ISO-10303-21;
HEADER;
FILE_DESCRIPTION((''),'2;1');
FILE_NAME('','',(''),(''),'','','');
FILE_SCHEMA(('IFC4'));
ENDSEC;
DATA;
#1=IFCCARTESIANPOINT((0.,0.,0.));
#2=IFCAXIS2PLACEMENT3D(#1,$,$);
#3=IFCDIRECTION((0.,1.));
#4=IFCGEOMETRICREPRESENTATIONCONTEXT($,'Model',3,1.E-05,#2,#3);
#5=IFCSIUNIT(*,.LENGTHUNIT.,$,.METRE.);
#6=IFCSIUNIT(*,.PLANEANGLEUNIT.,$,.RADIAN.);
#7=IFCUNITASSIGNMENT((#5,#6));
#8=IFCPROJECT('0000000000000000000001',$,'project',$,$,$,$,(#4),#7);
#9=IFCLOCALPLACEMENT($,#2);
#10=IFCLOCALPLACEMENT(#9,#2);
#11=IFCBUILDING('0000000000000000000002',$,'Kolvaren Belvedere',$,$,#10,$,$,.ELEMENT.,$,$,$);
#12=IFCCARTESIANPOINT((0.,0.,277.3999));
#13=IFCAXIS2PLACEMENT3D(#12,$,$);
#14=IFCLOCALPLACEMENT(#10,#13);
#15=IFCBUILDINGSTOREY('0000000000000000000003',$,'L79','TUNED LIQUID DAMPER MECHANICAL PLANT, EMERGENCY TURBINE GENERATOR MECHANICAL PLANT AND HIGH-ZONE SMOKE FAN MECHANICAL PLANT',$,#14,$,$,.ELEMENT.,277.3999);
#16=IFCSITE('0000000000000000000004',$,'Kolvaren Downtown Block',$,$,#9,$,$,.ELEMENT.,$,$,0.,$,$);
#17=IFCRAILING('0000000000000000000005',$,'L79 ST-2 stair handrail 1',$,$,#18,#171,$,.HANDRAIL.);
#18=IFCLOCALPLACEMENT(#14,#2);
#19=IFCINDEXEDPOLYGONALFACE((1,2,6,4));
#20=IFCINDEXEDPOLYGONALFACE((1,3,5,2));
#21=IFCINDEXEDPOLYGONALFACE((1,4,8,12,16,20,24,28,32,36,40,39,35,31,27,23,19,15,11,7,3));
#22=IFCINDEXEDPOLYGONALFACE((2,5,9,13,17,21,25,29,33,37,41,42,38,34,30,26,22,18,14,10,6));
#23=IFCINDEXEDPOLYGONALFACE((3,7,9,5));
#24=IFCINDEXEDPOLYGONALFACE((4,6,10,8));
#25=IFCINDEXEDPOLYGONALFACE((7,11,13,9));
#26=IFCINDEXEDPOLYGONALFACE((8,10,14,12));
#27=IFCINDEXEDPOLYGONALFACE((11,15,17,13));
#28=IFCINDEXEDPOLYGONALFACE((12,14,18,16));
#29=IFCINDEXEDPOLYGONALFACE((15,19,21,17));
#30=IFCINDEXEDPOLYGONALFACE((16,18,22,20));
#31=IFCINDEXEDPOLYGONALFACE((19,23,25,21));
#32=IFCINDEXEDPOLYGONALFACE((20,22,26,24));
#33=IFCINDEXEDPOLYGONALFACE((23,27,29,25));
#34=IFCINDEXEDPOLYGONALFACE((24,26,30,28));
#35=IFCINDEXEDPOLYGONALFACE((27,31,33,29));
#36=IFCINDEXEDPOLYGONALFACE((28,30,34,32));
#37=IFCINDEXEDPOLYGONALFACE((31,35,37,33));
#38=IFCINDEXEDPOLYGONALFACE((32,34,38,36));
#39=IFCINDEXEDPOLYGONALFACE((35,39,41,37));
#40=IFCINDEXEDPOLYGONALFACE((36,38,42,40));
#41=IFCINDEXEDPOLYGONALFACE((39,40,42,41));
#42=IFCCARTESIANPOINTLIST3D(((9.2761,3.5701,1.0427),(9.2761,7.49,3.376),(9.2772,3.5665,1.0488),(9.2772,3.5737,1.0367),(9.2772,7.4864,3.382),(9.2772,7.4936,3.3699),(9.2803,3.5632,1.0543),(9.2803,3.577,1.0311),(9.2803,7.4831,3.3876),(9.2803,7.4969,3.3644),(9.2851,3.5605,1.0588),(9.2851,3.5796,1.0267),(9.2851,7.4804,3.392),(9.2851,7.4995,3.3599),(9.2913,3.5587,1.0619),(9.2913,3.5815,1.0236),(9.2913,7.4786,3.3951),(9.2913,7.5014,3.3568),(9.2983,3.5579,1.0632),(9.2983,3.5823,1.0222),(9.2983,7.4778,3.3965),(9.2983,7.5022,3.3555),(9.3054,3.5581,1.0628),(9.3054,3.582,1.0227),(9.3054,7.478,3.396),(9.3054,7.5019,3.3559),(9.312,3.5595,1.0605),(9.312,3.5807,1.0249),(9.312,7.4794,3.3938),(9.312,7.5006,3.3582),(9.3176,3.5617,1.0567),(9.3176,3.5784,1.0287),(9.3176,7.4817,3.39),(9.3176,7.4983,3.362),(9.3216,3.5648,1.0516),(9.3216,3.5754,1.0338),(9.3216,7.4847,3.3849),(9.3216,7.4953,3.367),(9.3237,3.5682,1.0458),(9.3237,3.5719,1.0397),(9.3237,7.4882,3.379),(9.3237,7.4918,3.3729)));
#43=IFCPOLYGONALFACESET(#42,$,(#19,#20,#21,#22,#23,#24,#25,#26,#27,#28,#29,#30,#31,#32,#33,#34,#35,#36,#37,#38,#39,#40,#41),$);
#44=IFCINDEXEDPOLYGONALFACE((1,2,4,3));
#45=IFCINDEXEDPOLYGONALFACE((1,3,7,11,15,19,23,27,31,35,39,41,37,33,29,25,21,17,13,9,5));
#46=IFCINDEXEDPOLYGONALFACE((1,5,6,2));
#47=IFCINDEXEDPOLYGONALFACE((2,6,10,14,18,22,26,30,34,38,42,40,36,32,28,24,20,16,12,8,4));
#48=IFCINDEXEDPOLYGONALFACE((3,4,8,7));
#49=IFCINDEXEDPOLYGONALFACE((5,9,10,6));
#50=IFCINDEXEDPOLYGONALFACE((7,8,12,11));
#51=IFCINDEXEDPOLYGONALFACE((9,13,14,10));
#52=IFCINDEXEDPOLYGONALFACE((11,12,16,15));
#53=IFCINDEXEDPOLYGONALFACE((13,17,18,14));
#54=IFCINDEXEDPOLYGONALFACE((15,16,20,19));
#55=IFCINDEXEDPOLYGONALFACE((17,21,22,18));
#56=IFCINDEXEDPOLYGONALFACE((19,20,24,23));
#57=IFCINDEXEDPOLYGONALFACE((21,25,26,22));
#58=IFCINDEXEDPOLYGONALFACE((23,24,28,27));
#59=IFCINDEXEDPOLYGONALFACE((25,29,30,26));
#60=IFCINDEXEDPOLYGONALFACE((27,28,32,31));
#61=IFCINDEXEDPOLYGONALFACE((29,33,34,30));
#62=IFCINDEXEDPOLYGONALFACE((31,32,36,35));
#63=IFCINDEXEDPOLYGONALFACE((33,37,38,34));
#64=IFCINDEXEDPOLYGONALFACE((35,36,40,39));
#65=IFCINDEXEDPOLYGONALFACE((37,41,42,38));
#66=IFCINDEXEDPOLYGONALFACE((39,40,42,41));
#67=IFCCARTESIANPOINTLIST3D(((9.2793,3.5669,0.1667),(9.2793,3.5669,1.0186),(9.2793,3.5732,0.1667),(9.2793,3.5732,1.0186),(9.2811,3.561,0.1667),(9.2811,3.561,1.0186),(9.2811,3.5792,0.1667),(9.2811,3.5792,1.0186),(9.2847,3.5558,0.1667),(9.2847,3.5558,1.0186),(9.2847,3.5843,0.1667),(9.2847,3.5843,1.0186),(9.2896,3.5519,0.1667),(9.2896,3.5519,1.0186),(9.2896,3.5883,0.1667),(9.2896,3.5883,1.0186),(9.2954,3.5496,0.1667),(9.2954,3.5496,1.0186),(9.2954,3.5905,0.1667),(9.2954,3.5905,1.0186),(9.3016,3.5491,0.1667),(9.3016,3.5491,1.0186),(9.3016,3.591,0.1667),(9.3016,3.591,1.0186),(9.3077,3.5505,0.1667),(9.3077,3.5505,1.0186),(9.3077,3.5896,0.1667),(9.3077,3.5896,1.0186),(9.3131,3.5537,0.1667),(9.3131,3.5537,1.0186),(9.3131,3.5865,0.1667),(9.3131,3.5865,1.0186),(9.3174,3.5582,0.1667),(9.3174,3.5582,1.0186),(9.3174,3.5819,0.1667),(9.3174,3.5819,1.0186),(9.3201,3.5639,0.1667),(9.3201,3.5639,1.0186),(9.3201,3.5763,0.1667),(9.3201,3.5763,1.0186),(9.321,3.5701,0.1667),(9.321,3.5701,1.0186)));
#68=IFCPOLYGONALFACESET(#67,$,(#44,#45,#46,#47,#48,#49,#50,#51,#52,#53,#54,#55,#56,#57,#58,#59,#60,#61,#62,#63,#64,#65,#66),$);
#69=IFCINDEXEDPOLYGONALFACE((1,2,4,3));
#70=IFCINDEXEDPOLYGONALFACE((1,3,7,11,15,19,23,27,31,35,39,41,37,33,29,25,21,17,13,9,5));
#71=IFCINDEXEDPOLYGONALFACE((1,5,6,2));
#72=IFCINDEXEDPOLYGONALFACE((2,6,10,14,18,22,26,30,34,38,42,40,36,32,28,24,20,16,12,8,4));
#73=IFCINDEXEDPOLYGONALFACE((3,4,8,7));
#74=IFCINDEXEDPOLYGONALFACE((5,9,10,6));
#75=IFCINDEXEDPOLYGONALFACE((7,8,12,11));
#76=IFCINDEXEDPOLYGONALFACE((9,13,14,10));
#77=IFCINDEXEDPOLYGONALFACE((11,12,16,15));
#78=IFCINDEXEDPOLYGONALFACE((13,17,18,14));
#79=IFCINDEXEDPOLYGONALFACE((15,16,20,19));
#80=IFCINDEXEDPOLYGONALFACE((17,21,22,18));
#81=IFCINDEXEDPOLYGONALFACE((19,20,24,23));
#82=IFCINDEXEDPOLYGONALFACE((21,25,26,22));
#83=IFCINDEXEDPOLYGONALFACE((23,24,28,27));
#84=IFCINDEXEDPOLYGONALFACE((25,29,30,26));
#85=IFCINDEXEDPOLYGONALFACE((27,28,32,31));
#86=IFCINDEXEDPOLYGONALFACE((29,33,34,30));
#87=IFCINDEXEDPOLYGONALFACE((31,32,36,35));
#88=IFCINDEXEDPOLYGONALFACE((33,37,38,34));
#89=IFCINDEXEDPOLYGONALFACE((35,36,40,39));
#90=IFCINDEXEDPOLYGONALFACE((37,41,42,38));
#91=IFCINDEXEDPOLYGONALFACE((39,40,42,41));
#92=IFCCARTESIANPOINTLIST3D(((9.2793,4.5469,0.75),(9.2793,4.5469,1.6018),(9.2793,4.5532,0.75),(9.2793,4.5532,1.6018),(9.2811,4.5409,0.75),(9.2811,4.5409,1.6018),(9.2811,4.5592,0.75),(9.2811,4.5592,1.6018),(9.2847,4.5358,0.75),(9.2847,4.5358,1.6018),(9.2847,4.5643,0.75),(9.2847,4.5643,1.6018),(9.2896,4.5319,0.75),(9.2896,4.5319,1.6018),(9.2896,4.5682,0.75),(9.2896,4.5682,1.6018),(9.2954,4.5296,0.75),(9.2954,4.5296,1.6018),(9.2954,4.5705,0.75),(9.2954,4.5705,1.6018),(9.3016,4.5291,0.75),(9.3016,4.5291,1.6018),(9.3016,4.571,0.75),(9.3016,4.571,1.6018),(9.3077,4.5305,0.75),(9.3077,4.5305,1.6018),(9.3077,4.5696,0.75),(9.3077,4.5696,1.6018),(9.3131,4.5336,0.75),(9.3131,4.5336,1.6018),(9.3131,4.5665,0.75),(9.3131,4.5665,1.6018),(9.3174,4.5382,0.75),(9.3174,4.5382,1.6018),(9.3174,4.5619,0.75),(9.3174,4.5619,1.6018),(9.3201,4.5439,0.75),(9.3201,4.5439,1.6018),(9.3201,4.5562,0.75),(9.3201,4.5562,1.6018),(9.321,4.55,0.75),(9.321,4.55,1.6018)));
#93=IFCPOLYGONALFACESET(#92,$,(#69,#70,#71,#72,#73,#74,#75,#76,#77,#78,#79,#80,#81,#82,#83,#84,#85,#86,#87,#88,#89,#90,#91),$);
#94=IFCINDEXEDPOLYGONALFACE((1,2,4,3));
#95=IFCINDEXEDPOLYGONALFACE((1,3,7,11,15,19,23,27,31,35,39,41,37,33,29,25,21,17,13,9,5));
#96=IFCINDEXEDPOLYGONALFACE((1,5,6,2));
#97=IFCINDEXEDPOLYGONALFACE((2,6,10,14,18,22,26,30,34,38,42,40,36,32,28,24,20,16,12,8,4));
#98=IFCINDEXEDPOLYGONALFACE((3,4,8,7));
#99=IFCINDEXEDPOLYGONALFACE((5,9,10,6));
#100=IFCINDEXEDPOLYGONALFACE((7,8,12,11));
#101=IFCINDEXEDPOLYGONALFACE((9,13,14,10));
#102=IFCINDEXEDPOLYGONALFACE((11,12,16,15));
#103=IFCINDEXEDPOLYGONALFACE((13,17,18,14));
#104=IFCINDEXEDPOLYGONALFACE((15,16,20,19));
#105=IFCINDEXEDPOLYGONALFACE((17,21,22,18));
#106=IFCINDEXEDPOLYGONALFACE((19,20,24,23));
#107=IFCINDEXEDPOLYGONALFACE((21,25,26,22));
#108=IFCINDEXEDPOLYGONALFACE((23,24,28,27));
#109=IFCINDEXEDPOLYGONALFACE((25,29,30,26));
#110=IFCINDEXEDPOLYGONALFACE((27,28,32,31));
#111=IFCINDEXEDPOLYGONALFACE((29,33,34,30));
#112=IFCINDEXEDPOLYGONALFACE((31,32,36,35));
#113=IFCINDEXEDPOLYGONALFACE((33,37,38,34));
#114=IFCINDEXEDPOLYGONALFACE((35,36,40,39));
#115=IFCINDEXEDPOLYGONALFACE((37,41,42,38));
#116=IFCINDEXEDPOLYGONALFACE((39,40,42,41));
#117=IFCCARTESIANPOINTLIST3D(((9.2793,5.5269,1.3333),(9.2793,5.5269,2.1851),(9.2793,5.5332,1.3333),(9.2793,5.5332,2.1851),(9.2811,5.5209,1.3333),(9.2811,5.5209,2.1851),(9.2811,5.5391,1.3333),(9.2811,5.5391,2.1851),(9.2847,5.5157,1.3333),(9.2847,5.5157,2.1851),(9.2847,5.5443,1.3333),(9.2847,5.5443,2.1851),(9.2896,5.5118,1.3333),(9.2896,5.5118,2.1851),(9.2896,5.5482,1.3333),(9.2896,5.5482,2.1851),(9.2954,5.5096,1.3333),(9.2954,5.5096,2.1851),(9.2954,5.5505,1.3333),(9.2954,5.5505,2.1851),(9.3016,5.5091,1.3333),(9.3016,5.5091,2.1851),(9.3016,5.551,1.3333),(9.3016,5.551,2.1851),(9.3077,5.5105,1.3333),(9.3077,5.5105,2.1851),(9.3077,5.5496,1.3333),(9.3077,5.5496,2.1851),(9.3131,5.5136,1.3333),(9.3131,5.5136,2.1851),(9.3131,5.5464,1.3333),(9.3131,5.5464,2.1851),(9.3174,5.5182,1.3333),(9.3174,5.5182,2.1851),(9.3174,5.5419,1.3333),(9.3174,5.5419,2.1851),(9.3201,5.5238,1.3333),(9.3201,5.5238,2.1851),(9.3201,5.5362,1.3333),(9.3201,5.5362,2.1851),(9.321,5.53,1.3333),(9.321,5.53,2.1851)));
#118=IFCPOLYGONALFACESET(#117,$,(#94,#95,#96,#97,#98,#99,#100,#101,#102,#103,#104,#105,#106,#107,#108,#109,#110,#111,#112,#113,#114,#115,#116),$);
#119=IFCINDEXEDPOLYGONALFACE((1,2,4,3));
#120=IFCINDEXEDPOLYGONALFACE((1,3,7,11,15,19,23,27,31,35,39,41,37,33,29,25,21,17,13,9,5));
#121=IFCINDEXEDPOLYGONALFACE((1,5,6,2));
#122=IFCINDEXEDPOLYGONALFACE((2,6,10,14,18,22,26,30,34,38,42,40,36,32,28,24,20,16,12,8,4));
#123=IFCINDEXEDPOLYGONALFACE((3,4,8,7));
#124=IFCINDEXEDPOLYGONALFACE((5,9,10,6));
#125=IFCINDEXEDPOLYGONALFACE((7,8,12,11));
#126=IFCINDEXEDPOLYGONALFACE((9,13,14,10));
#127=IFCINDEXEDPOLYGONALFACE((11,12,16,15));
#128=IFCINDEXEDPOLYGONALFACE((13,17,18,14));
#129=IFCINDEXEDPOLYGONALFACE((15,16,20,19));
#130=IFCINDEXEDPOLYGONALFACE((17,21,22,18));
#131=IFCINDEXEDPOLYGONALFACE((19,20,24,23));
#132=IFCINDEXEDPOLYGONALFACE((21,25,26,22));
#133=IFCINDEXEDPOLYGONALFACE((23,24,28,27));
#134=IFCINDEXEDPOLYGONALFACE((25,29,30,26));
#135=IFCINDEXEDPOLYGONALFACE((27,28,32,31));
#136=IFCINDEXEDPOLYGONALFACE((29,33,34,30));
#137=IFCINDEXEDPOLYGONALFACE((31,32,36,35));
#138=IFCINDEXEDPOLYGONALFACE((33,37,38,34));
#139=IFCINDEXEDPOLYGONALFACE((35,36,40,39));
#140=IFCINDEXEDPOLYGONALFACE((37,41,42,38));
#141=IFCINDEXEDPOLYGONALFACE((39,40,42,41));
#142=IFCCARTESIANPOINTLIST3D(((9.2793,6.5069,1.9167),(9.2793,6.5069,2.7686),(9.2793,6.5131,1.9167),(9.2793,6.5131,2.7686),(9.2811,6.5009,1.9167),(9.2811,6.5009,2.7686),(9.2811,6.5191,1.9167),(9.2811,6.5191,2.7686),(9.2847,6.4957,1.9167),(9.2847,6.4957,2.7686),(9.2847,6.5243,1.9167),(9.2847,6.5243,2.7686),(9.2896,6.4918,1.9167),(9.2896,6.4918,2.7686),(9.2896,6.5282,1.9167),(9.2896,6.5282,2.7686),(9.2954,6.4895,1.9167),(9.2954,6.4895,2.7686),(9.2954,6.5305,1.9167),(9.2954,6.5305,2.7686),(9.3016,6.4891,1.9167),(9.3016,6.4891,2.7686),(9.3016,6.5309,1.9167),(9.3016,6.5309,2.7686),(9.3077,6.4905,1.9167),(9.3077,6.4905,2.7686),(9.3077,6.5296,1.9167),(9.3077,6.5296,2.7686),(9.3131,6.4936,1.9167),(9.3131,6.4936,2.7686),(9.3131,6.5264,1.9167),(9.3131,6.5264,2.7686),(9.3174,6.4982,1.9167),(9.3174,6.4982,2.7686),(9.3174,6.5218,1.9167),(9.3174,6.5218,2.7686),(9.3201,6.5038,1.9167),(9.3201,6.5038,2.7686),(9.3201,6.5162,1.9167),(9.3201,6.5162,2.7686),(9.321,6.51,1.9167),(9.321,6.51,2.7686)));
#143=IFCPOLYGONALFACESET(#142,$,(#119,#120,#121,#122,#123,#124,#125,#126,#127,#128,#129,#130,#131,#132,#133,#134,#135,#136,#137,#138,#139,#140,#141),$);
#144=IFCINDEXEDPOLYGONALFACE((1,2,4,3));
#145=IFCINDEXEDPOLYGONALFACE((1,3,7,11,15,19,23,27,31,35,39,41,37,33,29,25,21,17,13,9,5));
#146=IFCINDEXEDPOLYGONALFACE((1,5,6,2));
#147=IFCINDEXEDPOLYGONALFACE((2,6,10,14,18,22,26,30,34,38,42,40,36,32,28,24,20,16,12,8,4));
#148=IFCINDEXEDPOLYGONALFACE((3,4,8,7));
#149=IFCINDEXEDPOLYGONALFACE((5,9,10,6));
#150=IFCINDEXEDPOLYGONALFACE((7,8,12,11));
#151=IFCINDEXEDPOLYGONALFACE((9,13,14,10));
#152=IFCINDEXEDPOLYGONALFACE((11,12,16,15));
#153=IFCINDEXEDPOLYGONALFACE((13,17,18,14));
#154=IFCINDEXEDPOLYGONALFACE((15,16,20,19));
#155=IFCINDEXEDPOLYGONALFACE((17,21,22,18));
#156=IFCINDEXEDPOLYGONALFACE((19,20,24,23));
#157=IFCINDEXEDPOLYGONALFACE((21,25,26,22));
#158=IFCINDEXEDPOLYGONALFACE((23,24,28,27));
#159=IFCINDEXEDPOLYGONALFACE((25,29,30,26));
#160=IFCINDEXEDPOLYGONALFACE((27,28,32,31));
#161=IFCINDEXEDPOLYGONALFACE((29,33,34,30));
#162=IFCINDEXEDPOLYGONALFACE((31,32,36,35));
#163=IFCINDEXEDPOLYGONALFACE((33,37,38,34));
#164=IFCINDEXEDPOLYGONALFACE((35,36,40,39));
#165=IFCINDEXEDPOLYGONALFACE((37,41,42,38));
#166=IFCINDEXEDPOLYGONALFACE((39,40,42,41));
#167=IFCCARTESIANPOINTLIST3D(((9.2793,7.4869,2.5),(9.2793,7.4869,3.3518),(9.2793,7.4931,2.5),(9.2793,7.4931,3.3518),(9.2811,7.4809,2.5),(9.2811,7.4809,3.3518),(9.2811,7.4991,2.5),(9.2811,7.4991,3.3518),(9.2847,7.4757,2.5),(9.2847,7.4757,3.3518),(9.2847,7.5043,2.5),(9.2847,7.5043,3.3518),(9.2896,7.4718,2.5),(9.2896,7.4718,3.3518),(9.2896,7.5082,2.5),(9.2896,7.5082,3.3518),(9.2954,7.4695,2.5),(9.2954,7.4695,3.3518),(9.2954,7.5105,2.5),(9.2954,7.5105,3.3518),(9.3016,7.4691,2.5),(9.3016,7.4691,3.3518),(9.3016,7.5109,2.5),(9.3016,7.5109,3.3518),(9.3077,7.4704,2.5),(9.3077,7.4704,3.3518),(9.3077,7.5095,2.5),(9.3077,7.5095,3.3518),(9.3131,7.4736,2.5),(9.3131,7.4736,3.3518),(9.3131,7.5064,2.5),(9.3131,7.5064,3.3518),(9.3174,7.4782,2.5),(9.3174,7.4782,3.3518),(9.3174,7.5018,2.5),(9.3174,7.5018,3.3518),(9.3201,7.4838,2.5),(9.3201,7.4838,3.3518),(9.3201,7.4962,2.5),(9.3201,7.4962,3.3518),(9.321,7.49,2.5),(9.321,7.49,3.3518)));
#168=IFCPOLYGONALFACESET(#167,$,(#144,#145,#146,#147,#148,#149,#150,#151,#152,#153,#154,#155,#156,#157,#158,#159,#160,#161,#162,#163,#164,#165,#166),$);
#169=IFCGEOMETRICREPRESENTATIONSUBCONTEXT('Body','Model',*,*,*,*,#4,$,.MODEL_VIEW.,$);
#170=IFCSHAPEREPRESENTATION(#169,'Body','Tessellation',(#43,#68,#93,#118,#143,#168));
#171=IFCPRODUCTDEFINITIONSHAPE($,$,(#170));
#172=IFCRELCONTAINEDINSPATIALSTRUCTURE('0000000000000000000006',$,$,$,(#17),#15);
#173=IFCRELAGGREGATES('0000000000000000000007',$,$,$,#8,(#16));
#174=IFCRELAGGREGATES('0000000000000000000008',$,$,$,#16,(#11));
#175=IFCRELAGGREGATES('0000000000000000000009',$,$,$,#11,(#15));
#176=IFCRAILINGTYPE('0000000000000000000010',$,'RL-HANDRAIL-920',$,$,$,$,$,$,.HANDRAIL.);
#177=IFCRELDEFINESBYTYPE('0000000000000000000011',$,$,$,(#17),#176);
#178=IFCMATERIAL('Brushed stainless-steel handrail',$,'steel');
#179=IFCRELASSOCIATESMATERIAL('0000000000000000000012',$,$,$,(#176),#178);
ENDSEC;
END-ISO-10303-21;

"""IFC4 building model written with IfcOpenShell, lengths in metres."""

from ifc_helpers import new_model, si_unit, direction, frame, origin, origin_2d, place, context, subcontext, project, spatial, circle, extrude, material, type_object, element, save


model = new_model("IFC4")

# Units and contexts
model_context = context("Model", 3, precision=1e-05, world=origin(), true_north=direction((0.0, 1.0)))
body_context = subcontext(model_context, "Body", "Model", "MODEL_VIEW")
ifc_project = project(units=[si_unit("LENGTHUNIT", "METRE"), si_unit("PLANEANGLEUNIT", "RADIAN")], contexts=[model_context])

# Site, building, storey
site_placement = place(None, origin())
site = spatial("IfcSite", under=ifc_project, at=site_placement, Name="Kolvaren Downtown Block", CompositionType="ELEMENT", RefElevation=0.0)
building_placement = place(site_placement, origin())
building = spatial("IfcBuilding", under=site, at=building_placement, Name="Kolvaren Belvedere", CompositionType="ELEMENT")
storey_placement = place(building_placement, frame((0.0, 0.0, 277.3999)))
storey = spatial("IfcBuildingStorey", under=building, at=storey_placement, Name="L79", Description="TUNED LIQUID DAMPER MECHANICAL PLANT, EMERGENCY TURBINE GENERATOR MECHANICAL PLANT AND HIGH-ZONE SMOKE FAN MECHANICAL PLANT", CompositionType="ELEMENT", Elevation=277.3999)

# Railing
ifc_material_1 = material(Name="Brushed stainless-steel handrail", Category="steel")
railing_type = type_object("IfcRailingType", Name="RL-HANDRAIL-920", PredefinedType="HANDRAIL", material=ifc_material_1)
railing_placement = place(storey_placement, frame((9.3, 3.5701, 0.1667)))
element("IfcRailing", 1, at=railing_placement, inside=storey, type_object=railing_type, Name="L79 ST-2 stair handrail 1", PredefinedType="HANDRAIL", context=body_context, shape_type="SweptSolid", body=[
    extrude(circle(Radius=0.0239, at=origin_2d()), frame((0.0, 0.0, 0.876), z_axis=(0.0, 0.859296, 0.511478), x_axis=(-1.0, 0.0, 0.0)), (0.0, 0.0, 1.0), 4.5618),
    extrude(circle(Radius=0.021, at=origin_2d()), origin(), (0.0, 0.0, 1.0), 0.8518),
    extrude(circle(Radius=0.021, at=origin_2d()), frame((0.0, 0.98, 0.5833)), (0.0, 0.0, 1.0), 0.8518),
    extrude(circle(Radius=0.021, at=origin_2d()), frame((0.0, 1.96, 1.1665)), (0.0, 0.0, 1.0), 0.8518),
    extrude(circle(Radius=0.021, at=origin_2d()), frame((0.0, 2.9399, 1.75)), (0.0, 0.0, 1.0), 0.8518),
    extrude(circle(Radius=0.021, at=origin_2d()), frame((0.0, 3.9199, 2.3333)), (0.0, 0.0, 1.0), 0.8518),
])

save(model, "model.ifc")
